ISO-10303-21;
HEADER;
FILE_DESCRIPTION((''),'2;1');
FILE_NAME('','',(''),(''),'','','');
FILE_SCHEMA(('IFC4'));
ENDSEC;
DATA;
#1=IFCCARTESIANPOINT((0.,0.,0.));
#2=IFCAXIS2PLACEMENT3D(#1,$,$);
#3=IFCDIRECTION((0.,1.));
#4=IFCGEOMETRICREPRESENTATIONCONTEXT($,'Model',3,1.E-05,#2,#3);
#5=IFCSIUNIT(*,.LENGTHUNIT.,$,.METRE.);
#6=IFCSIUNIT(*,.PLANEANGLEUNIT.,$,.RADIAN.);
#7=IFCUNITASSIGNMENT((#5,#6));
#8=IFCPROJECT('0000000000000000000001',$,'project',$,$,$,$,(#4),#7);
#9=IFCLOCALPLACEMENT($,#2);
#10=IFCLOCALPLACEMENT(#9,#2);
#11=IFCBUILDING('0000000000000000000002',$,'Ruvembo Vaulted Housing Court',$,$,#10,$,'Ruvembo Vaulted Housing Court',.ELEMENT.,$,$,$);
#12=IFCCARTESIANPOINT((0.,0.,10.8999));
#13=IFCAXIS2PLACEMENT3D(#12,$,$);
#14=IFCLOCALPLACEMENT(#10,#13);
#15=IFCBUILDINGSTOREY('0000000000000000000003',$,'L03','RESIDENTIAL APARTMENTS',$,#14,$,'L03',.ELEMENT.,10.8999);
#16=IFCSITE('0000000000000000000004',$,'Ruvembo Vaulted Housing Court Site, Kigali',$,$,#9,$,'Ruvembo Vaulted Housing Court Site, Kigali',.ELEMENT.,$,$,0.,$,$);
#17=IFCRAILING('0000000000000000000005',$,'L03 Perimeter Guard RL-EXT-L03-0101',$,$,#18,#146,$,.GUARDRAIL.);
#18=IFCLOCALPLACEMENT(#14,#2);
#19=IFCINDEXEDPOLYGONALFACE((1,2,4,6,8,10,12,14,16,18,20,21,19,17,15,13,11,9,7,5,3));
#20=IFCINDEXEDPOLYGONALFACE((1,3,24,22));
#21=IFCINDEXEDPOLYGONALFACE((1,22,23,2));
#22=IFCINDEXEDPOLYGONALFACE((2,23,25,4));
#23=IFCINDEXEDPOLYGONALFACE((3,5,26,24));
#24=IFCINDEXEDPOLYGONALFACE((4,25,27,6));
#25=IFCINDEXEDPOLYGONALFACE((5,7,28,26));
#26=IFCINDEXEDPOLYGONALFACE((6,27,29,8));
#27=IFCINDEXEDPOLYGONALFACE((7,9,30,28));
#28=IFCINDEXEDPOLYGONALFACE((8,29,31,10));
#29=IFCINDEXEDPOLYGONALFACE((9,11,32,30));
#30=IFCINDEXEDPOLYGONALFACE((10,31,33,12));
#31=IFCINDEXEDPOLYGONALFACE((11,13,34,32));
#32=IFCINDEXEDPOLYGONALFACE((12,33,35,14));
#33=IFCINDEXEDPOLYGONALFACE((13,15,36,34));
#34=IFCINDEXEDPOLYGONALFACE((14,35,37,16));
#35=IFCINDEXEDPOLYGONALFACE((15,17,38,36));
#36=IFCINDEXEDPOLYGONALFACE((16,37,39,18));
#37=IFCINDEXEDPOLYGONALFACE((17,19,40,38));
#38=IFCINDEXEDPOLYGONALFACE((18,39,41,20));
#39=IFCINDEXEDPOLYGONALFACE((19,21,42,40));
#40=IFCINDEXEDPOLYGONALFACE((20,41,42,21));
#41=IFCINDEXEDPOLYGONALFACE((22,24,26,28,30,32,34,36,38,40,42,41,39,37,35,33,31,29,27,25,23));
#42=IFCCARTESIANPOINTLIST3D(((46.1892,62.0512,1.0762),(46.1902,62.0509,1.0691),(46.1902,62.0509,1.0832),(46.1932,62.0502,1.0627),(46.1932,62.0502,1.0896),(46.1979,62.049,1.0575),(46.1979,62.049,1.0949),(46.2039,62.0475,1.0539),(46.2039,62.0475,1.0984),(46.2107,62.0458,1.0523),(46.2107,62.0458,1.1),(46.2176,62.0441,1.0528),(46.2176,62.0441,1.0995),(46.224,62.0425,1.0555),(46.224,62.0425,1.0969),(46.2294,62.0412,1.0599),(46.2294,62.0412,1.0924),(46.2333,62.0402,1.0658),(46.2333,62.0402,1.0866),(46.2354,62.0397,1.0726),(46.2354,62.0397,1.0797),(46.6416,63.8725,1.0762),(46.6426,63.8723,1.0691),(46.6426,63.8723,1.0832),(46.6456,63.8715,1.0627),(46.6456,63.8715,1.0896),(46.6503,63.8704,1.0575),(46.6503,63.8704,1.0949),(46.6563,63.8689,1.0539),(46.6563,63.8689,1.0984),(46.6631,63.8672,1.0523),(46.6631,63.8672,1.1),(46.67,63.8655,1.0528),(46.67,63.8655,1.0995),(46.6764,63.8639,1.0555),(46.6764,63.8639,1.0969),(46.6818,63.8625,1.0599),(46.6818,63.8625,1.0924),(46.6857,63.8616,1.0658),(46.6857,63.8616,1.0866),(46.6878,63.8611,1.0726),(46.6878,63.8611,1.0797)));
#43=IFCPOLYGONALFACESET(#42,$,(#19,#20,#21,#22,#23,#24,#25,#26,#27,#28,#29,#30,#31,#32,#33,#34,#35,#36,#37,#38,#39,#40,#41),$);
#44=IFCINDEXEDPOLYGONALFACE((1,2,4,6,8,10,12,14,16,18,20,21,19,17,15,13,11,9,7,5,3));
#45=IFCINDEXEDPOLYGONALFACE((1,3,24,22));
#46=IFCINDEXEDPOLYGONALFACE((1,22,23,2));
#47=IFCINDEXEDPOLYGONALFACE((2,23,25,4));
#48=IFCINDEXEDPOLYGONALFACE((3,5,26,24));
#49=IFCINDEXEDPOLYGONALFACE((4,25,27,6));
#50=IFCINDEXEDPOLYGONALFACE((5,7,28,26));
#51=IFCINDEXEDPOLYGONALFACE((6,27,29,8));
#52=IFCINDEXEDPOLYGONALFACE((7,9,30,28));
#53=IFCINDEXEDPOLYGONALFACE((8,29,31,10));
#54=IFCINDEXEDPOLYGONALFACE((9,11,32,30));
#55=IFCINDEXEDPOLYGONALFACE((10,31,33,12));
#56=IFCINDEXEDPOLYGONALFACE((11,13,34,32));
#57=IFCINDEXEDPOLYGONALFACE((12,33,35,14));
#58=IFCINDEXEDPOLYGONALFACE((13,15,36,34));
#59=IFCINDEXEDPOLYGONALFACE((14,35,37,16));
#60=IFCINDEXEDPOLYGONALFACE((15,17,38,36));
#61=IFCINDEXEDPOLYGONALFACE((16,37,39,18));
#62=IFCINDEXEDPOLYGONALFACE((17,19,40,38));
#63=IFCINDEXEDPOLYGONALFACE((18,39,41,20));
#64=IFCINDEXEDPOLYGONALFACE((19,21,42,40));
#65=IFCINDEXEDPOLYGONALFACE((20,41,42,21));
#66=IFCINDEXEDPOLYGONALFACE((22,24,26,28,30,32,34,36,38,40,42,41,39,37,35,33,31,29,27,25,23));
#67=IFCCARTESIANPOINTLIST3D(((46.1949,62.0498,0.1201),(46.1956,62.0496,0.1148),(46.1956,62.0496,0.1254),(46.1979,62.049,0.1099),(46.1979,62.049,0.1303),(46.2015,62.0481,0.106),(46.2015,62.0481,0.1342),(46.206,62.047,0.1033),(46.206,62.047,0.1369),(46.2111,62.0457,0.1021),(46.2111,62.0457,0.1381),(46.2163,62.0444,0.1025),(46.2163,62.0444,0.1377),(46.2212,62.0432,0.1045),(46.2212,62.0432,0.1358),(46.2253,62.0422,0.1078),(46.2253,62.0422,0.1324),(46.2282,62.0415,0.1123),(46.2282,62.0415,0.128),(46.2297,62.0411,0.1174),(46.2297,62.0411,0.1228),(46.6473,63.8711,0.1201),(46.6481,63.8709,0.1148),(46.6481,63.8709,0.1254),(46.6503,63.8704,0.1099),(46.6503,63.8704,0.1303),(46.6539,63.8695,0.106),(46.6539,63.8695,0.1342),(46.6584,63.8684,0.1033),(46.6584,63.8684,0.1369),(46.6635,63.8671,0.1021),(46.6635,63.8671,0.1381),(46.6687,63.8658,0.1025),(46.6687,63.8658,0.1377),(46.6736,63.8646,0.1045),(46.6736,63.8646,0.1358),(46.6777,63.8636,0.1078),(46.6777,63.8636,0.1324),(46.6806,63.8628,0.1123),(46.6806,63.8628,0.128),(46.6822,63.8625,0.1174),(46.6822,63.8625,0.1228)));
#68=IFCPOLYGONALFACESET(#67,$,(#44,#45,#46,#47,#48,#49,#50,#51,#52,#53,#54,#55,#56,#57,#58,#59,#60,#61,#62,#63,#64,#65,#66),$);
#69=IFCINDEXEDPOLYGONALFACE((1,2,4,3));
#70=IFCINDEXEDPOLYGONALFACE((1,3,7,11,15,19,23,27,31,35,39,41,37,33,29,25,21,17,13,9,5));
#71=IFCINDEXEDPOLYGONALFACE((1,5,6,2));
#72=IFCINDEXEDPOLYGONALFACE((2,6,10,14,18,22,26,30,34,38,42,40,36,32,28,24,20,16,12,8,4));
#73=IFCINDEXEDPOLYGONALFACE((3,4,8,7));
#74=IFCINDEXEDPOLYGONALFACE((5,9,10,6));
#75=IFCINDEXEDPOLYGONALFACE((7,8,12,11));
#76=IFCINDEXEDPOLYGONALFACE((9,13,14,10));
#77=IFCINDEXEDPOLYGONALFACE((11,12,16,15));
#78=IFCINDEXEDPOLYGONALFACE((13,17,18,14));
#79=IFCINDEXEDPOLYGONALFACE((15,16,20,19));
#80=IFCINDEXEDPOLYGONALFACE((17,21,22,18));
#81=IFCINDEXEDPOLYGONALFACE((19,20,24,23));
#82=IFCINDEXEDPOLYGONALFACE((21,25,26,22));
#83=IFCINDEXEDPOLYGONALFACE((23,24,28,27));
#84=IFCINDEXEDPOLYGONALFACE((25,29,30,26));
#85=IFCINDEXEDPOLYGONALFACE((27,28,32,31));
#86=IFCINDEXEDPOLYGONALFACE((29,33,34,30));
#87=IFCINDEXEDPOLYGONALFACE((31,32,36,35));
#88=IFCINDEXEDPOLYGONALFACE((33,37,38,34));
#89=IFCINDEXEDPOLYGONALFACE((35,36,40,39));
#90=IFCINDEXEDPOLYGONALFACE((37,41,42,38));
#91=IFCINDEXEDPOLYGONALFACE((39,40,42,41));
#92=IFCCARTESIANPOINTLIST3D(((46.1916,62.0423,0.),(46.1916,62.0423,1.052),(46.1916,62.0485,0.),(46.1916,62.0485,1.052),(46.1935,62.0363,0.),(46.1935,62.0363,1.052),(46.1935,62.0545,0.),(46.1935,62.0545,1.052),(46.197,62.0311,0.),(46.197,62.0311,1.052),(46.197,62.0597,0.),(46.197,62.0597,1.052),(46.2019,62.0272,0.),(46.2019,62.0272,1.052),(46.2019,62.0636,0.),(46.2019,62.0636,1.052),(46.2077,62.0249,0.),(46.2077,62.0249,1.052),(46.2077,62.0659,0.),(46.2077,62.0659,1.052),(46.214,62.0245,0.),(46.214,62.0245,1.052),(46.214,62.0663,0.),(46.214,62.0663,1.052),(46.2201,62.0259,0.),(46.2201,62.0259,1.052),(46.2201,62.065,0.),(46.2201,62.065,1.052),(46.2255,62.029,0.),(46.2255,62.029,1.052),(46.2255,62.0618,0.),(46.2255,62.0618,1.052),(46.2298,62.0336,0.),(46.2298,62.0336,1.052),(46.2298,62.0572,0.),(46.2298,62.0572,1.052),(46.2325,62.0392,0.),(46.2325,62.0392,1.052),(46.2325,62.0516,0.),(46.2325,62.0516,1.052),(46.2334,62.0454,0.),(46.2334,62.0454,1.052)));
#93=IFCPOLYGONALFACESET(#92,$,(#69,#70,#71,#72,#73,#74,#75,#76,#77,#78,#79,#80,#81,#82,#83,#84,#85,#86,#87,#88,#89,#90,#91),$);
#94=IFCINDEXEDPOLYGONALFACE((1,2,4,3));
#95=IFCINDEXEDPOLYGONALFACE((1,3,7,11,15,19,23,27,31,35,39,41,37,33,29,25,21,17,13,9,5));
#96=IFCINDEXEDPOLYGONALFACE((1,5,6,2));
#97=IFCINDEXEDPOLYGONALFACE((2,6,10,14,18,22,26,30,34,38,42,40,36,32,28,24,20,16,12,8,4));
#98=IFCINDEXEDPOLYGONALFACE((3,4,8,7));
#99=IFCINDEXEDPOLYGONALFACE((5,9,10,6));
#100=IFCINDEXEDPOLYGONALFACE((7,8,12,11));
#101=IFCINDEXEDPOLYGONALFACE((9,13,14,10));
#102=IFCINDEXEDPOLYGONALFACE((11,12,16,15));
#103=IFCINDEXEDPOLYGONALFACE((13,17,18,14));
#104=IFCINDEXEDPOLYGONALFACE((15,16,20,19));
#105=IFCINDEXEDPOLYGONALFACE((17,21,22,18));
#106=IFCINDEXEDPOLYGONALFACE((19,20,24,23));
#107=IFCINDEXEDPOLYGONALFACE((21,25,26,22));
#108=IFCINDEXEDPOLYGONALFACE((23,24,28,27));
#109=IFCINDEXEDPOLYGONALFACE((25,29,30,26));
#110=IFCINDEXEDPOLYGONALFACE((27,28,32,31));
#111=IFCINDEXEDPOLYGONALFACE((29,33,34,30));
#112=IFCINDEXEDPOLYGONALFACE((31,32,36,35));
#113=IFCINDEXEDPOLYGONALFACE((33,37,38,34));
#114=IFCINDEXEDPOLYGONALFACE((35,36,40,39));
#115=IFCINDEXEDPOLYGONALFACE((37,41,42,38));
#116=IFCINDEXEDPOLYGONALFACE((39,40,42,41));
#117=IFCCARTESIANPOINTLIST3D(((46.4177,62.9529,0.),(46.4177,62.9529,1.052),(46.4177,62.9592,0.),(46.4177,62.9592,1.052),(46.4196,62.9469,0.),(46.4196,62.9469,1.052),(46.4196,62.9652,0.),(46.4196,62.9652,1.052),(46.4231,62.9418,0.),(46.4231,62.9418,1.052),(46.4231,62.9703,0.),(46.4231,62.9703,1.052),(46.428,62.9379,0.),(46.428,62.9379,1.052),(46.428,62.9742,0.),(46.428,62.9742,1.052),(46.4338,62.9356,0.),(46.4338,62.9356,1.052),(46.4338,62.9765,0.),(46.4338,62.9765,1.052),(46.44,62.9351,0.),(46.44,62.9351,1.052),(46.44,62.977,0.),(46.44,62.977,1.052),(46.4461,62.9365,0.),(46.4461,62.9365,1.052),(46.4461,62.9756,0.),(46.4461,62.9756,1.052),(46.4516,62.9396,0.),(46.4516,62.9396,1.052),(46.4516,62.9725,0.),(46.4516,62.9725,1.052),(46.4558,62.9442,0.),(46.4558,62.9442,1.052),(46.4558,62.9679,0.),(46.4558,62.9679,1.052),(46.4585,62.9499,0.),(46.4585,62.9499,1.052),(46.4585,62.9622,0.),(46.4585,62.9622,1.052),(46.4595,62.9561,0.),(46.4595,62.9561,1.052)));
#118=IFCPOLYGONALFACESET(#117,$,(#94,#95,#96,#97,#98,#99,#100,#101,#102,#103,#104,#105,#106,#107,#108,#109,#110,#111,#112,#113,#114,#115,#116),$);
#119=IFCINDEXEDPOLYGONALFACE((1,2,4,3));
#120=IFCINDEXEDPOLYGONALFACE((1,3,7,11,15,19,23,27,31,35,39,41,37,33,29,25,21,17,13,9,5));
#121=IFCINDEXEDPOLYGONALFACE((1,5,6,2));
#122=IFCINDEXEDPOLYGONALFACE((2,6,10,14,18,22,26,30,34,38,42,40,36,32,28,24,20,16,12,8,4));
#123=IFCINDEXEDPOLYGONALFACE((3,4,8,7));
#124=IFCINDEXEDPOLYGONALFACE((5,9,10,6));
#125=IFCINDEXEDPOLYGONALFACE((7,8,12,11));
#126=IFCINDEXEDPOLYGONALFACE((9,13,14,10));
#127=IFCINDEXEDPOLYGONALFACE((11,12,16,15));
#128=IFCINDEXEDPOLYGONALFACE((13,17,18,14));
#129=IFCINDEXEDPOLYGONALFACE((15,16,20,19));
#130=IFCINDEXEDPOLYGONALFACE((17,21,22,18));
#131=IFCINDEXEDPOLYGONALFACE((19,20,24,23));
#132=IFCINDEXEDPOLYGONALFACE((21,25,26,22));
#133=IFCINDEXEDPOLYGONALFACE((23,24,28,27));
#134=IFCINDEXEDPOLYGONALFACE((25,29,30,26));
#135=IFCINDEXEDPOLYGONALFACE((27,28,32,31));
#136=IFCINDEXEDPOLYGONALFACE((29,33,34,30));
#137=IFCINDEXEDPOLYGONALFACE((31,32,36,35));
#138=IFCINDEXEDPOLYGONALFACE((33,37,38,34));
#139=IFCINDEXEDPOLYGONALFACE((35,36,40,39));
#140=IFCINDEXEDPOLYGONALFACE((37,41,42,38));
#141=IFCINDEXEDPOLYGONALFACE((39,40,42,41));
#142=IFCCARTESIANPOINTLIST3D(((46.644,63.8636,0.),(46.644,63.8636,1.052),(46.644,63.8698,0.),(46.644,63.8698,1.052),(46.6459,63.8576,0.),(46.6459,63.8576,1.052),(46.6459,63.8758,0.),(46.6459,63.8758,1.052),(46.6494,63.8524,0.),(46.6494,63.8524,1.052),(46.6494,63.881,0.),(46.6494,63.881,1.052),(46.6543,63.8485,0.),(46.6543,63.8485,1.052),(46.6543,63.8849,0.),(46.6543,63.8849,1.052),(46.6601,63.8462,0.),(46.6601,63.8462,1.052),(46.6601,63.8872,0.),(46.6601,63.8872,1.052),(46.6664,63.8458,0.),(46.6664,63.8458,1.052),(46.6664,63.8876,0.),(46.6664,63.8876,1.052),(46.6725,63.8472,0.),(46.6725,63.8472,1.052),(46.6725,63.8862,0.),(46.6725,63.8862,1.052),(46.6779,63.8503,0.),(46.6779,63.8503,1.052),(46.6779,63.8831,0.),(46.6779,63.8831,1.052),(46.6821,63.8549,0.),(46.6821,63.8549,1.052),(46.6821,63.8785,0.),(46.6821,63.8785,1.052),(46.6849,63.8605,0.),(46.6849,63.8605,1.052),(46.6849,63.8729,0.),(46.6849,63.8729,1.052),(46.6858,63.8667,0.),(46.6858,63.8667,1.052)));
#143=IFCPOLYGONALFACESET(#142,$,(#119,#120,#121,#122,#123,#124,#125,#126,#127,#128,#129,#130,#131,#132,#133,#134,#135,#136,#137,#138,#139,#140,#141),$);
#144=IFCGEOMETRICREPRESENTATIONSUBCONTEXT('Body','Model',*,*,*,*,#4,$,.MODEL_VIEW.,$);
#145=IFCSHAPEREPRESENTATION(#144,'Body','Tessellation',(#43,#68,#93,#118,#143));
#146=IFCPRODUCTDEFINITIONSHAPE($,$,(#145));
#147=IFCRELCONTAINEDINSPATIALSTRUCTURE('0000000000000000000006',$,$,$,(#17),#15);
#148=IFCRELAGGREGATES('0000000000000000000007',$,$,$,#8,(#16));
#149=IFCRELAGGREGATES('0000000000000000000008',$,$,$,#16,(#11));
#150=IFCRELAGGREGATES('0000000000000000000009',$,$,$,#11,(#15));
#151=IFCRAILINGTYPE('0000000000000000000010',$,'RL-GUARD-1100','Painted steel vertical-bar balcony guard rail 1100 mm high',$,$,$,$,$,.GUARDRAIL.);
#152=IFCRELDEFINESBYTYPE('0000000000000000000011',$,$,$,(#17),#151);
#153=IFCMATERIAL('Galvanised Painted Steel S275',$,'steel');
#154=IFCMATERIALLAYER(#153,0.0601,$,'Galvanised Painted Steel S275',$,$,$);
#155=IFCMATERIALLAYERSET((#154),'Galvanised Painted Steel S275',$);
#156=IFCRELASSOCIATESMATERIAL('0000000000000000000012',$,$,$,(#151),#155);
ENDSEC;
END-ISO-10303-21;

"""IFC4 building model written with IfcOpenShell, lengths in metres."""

from ifc_helpers import new_model, si_unit, direction, frame, origin, origin_2d, place, context, subcontext, project, spatial, circle, extrude, material, layer, layer_set, type_object, element, save


model = new_model("IFC4")

# Units and contexts
model_context = context("Model", 3, precision=1e-05, world=origin(), true_north=direction((0.0, 1.0)))
body_context = subcontext(model_context, "Body", "Model", "MODEL_VIEW")
ifc_project = project(units=[si_unit("LENGTHUNIT", "METRE"), si_unit("PLANEANGLEUNIT", "RADIAN")], contexts=[model_context])

# Site, building, storey
site_placement = place(None, origin())
site = spatial("IfcSite", under=ifc_project, at=site_placement, Name="Ruvembo Vaulted Housing Court Site, Kigali", LongName="Ruvembo Vaulted Housing Court Site, Kigali", CompositionType="ELEMENT", RefElevation=0.0)
building_placement = place(site_placement, origin())
building = spatial("IfcBuilding", under=site, at=building_placement, Name="Ruvembo Vaulted Housing Court", LongName="Ruvembo Vaulted Housing Court", CompositionType="ELEMENT")
storey_placement = place(building_placement, frame((0.0, 0.0, 10.8999)))
storey = spatial("IfcBuildingStorey", under=building, at=storey_placement, Name="L03", Description="RESIDENTIAL APARTMENTS", LongName="L03", CompositionType="ELEMENT", Elevation=10.8999)

# Railing
ifc_material_1 = material(Name="Galvanised Painted Steel S275", Category="steel")
ifc_layer_1 = layer(ifc_material_1, 0.0601, Name="Galvanised Painted Steel S275")
ifc_layer_set_1 = layer_set([ifc_layer_1], Name="Galvanised Painted Steel S275")
railing_type = type_object("IfcRailingType", Name="RL-GUARD-1100", Description="Painted steel vertical-bar balcony guard rail 1100 mm high", PredefinedType="GUARDRAIL", material=ifc_layer_set_1)
railing_1_placement = place(storey_placement, frame((46.2124, 62.0454, 0.0)))
element("IfcRailing", 1, at=railing_1_placement, inside=storey, type_object=railing_type, Name="L03 Perimeter Guard RL-EXT-L03-0101", PredefinedType="GUARDRAIL", context=body_context, shape_type="SweptSolid", body=[
    extrude(circle(Radius=0.0239, at=origin_2d()), frame((0.0, 0.0, 1.0762), z_axis=(0.241066, 0.970509, 0.0), x_axis=(-0.970509, 0.241066, 0.0)), (0.0, 0.0, 1.0), 1.8767),
    extrude(circle(Radius=0.0181, at=origin_2d()), frame((0.0, 0.0, 0.1201), z_axis=(0.241066, 0.970509, 0.0), x_axis=(-0.970509, 0.241066, 0.0)), (0.0, 0.0, 1.0), 1.8767),
    extrude(circle(Radius=0.021, at=origin_2d()), origin(), (0.0, 0.0, 1.0), 1.052),
    extrude(circle(Radius=0.021, at=origin_2d()), frame((0.2261, 0.9106, 0.0)), (0.0, 0.0, 1.0), 1.052),
    extrude(circle(Radius=0.021, at=origin_2d()), frame((0.4524, 1.8213, 0.0)), (0.0, 0.0, 1.0), 1.052),
])

save(model, "model.ifc")
